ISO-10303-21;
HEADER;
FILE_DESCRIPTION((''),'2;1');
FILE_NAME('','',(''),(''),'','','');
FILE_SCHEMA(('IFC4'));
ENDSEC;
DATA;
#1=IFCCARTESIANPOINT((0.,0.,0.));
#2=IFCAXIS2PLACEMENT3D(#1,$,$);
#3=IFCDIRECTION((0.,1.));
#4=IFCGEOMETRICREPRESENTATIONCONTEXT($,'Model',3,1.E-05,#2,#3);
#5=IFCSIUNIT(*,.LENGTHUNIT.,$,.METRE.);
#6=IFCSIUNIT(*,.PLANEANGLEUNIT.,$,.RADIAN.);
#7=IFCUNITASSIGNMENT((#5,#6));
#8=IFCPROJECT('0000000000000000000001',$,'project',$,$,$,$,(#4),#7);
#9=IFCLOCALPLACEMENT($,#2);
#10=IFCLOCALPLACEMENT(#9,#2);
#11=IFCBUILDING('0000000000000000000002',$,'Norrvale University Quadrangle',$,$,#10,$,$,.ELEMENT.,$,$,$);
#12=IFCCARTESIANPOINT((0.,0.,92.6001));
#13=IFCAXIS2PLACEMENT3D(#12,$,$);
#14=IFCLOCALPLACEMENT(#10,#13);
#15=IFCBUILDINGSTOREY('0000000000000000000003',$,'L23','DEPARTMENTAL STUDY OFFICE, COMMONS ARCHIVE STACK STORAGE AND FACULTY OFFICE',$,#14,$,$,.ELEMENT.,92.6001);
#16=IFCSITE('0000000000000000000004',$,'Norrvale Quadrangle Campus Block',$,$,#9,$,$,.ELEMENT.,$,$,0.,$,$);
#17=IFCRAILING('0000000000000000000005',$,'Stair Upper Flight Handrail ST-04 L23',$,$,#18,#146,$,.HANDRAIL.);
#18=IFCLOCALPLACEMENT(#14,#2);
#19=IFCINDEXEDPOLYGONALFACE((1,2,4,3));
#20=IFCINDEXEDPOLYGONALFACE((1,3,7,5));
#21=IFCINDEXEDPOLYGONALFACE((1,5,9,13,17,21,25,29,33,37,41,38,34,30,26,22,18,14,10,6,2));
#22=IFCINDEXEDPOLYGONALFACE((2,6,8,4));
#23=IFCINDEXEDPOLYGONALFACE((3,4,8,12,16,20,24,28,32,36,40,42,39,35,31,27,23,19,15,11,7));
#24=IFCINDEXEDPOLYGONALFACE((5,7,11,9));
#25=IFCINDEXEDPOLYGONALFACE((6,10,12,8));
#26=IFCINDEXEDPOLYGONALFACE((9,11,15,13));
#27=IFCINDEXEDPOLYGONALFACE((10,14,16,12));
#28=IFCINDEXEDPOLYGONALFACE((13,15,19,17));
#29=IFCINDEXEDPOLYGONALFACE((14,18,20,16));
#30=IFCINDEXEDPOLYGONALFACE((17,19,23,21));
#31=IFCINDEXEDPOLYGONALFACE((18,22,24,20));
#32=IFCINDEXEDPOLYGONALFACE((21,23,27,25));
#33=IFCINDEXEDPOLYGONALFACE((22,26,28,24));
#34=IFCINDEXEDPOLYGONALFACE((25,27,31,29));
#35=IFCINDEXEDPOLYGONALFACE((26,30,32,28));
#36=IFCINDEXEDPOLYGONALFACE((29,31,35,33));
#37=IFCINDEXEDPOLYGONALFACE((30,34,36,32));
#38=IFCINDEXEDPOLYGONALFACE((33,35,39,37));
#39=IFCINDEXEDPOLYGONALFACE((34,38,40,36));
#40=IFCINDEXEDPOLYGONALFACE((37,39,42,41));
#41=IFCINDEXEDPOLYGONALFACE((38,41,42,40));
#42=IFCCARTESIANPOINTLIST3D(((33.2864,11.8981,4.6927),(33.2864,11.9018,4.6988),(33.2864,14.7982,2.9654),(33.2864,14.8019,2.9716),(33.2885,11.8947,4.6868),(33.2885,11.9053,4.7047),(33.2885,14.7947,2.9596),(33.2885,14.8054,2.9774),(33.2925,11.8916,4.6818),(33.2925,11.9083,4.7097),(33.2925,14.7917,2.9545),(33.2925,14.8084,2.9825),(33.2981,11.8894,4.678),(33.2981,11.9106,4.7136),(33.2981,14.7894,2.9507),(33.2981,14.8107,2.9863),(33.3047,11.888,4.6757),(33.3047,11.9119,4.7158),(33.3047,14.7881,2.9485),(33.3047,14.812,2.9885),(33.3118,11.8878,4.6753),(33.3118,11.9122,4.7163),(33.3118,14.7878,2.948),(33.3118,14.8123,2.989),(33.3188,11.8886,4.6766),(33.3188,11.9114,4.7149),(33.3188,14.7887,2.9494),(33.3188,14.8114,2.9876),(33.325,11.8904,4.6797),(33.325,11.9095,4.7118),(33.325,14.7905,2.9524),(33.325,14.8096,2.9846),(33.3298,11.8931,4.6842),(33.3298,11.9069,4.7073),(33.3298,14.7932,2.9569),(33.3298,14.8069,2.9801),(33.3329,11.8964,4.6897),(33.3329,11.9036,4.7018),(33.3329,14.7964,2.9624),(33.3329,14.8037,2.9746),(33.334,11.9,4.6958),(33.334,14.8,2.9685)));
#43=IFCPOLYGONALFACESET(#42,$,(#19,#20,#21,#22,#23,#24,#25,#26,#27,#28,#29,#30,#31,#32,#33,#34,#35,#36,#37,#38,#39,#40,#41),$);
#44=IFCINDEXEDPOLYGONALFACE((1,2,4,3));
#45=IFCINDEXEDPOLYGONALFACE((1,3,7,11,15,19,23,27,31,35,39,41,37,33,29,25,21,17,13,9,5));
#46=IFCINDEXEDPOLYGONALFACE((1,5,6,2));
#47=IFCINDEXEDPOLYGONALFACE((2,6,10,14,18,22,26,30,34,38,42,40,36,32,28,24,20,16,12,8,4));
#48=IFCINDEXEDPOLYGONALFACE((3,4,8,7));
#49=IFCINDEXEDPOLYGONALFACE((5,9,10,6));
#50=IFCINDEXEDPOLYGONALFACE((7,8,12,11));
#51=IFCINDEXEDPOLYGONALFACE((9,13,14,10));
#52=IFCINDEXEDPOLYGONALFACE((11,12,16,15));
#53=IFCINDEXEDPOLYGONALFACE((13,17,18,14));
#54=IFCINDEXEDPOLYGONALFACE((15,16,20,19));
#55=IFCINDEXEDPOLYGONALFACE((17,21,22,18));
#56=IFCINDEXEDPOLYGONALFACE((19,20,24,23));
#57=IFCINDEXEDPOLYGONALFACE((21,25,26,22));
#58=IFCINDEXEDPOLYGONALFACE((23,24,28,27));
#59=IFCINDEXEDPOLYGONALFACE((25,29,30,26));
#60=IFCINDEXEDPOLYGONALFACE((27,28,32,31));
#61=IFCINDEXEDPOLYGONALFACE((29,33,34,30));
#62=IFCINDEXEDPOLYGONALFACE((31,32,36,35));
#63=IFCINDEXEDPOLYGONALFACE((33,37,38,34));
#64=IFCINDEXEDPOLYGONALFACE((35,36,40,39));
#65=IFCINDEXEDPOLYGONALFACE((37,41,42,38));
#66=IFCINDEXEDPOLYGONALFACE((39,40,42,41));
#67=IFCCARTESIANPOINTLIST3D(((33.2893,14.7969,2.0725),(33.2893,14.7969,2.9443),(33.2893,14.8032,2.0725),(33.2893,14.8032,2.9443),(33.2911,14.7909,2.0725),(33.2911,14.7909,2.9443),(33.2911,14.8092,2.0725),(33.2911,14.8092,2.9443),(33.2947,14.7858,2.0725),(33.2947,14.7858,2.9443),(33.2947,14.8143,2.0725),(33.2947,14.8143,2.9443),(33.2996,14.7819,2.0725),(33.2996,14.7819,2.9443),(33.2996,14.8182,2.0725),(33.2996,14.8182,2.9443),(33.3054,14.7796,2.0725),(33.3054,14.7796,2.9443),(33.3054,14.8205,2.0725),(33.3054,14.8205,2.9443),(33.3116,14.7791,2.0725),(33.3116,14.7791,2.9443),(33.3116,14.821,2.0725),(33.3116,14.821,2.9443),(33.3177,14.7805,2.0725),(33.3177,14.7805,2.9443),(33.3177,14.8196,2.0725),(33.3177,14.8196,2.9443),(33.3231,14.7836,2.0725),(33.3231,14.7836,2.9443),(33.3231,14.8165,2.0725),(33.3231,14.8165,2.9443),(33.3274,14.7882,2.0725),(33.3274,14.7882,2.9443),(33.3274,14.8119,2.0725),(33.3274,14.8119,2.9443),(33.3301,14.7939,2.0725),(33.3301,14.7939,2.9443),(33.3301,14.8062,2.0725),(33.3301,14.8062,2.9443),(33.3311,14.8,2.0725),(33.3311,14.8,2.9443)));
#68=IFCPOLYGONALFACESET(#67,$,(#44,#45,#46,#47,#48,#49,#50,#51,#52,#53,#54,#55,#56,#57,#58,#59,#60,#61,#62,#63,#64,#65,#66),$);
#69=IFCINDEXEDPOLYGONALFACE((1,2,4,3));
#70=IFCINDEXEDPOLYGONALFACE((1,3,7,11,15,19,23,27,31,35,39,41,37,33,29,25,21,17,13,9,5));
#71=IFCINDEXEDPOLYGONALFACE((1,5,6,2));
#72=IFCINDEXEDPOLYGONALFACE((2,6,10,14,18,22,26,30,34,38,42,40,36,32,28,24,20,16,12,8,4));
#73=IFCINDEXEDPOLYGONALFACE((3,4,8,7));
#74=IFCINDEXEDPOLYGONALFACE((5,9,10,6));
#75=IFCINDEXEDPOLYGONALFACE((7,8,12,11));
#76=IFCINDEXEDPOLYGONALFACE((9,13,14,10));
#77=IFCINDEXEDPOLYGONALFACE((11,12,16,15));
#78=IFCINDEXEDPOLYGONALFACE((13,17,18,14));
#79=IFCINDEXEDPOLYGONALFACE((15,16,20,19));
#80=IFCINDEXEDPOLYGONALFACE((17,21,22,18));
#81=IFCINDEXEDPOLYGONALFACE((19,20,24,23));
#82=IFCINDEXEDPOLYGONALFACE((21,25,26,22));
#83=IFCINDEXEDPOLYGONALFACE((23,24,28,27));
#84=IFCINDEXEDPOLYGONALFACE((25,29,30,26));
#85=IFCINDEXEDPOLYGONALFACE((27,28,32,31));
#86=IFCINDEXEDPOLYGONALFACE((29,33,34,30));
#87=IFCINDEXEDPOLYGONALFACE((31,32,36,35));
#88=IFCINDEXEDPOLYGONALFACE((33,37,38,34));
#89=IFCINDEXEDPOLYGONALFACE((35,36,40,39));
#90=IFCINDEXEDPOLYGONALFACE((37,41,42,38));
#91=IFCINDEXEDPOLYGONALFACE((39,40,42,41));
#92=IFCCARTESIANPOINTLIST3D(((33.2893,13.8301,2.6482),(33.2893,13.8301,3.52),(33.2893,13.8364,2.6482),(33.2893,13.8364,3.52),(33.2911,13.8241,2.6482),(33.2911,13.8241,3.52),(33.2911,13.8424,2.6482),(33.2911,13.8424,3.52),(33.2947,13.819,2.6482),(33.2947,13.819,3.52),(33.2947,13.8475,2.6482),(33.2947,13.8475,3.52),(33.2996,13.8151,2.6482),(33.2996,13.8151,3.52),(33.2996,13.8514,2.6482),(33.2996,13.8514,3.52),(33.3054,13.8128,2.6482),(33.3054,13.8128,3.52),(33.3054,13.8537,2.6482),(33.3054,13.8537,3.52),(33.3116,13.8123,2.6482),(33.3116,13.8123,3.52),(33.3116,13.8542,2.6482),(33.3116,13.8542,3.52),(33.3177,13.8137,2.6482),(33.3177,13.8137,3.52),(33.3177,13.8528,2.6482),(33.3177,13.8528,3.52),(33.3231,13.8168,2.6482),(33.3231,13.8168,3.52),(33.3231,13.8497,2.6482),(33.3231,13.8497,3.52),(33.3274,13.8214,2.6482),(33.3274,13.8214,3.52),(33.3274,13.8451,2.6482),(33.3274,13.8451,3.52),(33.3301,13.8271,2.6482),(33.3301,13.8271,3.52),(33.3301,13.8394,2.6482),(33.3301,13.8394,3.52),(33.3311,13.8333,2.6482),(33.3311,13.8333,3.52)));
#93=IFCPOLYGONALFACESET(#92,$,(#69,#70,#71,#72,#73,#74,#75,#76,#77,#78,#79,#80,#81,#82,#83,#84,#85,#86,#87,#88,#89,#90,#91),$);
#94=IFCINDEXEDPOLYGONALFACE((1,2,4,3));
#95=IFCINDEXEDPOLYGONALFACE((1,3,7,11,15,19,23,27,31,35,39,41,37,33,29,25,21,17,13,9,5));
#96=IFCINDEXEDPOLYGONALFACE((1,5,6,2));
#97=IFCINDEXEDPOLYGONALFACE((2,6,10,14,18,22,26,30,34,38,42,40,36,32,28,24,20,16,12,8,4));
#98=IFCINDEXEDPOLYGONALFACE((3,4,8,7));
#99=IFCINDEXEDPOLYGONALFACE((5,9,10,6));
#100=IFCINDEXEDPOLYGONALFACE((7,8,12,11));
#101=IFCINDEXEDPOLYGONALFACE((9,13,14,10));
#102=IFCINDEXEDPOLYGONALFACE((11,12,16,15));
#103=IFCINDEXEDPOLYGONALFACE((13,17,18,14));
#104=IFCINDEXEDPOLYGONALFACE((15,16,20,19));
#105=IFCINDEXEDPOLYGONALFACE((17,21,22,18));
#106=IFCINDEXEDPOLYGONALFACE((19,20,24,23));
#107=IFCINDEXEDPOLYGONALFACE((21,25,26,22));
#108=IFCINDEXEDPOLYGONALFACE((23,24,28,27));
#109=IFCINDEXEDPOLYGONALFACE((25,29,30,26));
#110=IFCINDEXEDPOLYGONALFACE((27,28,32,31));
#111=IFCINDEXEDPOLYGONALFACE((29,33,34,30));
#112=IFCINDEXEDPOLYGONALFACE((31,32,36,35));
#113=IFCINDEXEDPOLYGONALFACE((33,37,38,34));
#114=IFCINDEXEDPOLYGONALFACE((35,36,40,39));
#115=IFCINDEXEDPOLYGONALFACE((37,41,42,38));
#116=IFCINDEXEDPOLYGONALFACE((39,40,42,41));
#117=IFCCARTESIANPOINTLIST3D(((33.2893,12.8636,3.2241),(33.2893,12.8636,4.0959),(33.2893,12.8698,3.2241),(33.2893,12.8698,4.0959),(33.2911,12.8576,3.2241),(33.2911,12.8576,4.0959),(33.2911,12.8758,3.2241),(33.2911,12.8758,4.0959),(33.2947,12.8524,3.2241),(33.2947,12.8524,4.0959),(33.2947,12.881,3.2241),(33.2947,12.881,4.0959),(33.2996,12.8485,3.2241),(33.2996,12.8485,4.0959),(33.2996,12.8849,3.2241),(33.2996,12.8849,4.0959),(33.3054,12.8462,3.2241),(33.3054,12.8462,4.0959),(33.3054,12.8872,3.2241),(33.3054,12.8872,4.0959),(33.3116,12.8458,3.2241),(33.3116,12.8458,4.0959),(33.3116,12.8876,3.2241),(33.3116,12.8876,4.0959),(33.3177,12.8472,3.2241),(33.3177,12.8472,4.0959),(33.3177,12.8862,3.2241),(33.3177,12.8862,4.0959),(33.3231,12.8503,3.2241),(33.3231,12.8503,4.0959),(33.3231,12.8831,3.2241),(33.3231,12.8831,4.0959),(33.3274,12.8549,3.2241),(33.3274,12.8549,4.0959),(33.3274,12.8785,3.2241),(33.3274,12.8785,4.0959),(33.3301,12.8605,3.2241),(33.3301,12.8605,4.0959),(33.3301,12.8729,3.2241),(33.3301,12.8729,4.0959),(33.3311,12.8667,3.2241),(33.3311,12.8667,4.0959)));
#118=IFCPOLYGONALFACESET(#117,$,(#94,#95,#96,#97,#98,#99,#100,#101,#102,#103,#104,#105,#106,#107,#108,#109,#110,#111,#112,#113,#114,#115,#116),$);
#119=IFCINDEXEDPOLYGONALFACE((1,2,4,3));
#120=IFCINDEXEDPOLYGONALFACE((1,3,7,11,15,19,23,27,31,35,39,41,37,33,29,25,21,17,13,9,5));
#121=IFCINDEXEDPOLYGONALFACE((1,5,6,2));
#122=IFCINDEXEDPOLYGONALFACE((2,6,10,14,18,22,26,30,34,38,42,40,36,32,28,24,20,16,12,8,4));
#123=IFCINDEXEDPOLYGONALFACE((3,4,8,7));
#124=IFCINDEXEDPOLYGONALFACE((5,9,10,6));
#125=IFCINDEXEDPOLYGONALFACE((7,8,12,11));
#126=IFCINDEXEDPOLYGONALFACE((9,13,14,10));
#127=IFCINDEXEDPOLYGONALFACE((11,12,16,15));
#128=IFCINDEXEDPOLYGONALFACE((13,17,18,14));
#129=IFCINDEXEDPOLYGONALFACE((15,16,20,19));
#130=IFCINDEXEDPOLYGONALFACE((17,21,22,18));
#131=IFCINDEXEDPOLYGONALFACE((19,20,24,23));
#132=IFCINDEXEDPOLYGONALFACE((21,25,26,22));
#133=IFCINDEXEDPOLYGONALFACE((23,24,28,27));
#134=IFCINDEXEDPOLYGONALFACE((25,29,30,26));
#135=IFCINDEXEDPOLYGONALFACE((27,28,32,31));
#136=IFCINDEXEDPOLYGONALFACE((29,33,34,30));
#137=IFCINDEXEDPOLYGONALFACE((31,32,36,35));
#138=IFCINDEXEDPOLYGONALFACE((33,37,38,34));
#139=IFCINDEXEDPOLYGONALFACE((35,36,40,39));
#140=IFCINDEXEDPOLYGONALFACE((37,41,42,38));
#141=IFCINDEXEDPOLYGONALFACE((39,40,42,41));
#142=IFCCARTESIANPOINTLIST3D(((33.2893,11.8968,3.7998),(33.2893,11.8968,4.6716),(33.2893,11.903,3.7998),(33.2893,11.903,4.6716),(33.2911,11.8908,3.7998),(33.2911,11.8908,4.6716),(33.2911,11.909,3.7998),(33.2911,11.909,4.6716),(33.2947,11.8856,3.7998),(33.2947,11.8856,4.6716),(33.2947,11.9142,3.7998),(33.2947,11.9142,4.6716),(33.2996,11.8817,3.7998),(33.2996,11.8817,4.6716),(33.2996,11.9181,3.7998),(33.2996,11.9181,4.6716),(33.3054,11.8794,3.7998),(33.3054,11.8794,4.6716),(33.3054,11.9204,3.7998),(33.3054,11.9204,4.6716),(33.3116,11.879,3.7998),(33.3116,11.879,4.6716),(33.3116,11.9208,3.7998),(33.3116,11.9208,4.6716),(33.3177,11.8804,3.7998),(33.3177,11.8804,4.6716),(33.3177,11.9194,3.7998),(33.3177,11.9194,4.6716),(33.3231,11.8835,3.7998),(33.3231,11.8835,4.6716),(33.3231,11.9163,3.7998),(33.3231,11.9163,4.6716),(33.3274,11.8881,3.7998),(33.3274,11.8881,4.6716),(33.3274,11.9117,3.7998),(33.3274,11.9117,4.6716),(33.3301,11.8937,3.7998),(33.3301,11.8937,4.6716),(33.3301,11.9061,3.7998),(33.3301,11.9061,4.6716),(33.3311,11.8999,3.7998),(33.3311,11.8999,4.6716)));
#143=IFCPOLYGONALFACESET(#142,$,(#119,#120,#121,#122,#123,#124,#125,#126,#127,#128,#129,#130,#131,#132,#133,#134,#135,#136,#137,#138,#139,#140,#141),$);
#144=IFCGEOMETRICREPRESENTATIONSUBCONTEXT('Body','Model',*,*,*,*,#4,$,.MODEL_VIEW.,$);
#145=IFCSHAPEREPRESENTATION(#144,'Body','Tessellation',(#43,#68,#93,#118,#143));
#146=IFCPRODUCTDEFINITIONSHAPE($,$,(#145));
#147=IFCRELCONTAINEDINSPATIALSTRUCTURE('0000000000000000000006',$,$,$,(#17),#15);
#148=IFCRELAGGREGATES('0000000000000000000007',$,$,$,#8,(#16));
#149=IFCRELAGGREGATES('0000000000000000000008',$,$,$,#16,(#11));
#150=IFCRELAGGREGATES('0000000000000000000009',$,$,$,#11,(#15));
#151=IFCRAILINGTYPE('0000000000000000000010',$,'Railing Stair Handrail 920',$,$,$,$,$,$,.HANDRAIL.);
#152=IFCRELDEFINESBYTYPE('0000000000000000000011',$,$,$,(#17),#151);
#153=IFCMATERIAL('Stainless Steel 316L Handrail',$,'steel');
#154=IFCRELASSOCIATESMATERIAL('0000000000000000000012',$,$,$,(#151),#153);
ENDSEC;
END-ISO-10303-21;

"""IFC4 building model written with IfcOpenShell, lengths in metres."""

from ifc_helpers import new_model, si_unit, direction, frame, origin, origin_2d, place, context, subcontext, project, spatial, circle, extrude, material, type_object, element, save


model = new_model("IFC4")

# Units and contexts
model_context = context("Model", 3, precision=1e-05, world=origin(), true_north=direction((0.0, 1.0)))
body_context = subcontext(model_context, "Body", "Model", "MODEL_VIEW")
ifc_project = project(units=[si_unit("LENGTHUNIT", "METRE"), si_unit("PLANEANGLEUNIT", "RADIAN")], contexts=[model_context])

# Site, building, storey
site_placement = place(None, origin())
site = spatial("IfcSite", under=ifc_project, at=site_placement, Name="Norrvale Quadrangle Campus Block", CompositionType="ELEMENT", RefElevation=0.0)
building_placement = place(site_placement, origin())
building = spatial("IfcBuilding", under=site, at=building_placement, Name="Norrvale University Quadrangle", CompositionType="ELEMENT")
storey_placement = place(building_placement, frame((0.0, 0.0, 92.6001)))
storey = spatial("IfcBuildingStorey", under=building, at=storey_placement, Name="L23", Description="DEPARTMENTAL STUDY OFFICE, COMMONS ARCHIVE STACK STORAGE AND FACULTY OFFICE", CompositionType="ELEMENT", Elevation=92.6001)

# Railing
ifc_material_1 = material(Name="Stainless Steel 316L Handrail", Category="steel")
railing_type = type_object("IfcRailingType", Name="Railing Stair Handrail 920", PredefinedType="HANDRAIL", material=ifc_material_1)
railing_placement = place(storey_placement, frame((33.3101, 14.8, 2.0725)))
element("IfcRailing", 1, at=railing_placement, inside=storey, type_object=railing_type, Name="Stair Upper Flight Handrail ST-04 L23", PredefinedType="HANDRAIL", context=body_context, shape_type="SweptSolid", body=[
    extrude(circle(Radius=0.0239, at=origin_2d()), frame((0.0, 0.0, 0.896), z_axis=(0.0, -0.85916, 0.511706), x_axis=(1.0, 0.0, 0.0)), (0.0, 0.0, 1.0), 3.3755),
    extrude(circle(Radius=0.021, at=origin_2d()), origin(), (0.0, 0.0, 1.0), 0.8718),
    extrude(circle(Radius=0.021, at=origin_2d()), frame((0.0, -0.9668, 0.5757)), (0.0, 0.0, 1.0), 0.8718),
    extrude(circle(Radius=0.021, at=origin_2d()), frame((0.0, -1.9333, 1.1516)), (0.0, 0.0, 1.0), 0.8718),
    extrude(circle(Radius=0.021, at=origin_2d()), frame((0.0, -2.9001, 1.7273)), (0.0, 0.0, 1.0), 0.8718),
])

save(model, "model.ifc")
